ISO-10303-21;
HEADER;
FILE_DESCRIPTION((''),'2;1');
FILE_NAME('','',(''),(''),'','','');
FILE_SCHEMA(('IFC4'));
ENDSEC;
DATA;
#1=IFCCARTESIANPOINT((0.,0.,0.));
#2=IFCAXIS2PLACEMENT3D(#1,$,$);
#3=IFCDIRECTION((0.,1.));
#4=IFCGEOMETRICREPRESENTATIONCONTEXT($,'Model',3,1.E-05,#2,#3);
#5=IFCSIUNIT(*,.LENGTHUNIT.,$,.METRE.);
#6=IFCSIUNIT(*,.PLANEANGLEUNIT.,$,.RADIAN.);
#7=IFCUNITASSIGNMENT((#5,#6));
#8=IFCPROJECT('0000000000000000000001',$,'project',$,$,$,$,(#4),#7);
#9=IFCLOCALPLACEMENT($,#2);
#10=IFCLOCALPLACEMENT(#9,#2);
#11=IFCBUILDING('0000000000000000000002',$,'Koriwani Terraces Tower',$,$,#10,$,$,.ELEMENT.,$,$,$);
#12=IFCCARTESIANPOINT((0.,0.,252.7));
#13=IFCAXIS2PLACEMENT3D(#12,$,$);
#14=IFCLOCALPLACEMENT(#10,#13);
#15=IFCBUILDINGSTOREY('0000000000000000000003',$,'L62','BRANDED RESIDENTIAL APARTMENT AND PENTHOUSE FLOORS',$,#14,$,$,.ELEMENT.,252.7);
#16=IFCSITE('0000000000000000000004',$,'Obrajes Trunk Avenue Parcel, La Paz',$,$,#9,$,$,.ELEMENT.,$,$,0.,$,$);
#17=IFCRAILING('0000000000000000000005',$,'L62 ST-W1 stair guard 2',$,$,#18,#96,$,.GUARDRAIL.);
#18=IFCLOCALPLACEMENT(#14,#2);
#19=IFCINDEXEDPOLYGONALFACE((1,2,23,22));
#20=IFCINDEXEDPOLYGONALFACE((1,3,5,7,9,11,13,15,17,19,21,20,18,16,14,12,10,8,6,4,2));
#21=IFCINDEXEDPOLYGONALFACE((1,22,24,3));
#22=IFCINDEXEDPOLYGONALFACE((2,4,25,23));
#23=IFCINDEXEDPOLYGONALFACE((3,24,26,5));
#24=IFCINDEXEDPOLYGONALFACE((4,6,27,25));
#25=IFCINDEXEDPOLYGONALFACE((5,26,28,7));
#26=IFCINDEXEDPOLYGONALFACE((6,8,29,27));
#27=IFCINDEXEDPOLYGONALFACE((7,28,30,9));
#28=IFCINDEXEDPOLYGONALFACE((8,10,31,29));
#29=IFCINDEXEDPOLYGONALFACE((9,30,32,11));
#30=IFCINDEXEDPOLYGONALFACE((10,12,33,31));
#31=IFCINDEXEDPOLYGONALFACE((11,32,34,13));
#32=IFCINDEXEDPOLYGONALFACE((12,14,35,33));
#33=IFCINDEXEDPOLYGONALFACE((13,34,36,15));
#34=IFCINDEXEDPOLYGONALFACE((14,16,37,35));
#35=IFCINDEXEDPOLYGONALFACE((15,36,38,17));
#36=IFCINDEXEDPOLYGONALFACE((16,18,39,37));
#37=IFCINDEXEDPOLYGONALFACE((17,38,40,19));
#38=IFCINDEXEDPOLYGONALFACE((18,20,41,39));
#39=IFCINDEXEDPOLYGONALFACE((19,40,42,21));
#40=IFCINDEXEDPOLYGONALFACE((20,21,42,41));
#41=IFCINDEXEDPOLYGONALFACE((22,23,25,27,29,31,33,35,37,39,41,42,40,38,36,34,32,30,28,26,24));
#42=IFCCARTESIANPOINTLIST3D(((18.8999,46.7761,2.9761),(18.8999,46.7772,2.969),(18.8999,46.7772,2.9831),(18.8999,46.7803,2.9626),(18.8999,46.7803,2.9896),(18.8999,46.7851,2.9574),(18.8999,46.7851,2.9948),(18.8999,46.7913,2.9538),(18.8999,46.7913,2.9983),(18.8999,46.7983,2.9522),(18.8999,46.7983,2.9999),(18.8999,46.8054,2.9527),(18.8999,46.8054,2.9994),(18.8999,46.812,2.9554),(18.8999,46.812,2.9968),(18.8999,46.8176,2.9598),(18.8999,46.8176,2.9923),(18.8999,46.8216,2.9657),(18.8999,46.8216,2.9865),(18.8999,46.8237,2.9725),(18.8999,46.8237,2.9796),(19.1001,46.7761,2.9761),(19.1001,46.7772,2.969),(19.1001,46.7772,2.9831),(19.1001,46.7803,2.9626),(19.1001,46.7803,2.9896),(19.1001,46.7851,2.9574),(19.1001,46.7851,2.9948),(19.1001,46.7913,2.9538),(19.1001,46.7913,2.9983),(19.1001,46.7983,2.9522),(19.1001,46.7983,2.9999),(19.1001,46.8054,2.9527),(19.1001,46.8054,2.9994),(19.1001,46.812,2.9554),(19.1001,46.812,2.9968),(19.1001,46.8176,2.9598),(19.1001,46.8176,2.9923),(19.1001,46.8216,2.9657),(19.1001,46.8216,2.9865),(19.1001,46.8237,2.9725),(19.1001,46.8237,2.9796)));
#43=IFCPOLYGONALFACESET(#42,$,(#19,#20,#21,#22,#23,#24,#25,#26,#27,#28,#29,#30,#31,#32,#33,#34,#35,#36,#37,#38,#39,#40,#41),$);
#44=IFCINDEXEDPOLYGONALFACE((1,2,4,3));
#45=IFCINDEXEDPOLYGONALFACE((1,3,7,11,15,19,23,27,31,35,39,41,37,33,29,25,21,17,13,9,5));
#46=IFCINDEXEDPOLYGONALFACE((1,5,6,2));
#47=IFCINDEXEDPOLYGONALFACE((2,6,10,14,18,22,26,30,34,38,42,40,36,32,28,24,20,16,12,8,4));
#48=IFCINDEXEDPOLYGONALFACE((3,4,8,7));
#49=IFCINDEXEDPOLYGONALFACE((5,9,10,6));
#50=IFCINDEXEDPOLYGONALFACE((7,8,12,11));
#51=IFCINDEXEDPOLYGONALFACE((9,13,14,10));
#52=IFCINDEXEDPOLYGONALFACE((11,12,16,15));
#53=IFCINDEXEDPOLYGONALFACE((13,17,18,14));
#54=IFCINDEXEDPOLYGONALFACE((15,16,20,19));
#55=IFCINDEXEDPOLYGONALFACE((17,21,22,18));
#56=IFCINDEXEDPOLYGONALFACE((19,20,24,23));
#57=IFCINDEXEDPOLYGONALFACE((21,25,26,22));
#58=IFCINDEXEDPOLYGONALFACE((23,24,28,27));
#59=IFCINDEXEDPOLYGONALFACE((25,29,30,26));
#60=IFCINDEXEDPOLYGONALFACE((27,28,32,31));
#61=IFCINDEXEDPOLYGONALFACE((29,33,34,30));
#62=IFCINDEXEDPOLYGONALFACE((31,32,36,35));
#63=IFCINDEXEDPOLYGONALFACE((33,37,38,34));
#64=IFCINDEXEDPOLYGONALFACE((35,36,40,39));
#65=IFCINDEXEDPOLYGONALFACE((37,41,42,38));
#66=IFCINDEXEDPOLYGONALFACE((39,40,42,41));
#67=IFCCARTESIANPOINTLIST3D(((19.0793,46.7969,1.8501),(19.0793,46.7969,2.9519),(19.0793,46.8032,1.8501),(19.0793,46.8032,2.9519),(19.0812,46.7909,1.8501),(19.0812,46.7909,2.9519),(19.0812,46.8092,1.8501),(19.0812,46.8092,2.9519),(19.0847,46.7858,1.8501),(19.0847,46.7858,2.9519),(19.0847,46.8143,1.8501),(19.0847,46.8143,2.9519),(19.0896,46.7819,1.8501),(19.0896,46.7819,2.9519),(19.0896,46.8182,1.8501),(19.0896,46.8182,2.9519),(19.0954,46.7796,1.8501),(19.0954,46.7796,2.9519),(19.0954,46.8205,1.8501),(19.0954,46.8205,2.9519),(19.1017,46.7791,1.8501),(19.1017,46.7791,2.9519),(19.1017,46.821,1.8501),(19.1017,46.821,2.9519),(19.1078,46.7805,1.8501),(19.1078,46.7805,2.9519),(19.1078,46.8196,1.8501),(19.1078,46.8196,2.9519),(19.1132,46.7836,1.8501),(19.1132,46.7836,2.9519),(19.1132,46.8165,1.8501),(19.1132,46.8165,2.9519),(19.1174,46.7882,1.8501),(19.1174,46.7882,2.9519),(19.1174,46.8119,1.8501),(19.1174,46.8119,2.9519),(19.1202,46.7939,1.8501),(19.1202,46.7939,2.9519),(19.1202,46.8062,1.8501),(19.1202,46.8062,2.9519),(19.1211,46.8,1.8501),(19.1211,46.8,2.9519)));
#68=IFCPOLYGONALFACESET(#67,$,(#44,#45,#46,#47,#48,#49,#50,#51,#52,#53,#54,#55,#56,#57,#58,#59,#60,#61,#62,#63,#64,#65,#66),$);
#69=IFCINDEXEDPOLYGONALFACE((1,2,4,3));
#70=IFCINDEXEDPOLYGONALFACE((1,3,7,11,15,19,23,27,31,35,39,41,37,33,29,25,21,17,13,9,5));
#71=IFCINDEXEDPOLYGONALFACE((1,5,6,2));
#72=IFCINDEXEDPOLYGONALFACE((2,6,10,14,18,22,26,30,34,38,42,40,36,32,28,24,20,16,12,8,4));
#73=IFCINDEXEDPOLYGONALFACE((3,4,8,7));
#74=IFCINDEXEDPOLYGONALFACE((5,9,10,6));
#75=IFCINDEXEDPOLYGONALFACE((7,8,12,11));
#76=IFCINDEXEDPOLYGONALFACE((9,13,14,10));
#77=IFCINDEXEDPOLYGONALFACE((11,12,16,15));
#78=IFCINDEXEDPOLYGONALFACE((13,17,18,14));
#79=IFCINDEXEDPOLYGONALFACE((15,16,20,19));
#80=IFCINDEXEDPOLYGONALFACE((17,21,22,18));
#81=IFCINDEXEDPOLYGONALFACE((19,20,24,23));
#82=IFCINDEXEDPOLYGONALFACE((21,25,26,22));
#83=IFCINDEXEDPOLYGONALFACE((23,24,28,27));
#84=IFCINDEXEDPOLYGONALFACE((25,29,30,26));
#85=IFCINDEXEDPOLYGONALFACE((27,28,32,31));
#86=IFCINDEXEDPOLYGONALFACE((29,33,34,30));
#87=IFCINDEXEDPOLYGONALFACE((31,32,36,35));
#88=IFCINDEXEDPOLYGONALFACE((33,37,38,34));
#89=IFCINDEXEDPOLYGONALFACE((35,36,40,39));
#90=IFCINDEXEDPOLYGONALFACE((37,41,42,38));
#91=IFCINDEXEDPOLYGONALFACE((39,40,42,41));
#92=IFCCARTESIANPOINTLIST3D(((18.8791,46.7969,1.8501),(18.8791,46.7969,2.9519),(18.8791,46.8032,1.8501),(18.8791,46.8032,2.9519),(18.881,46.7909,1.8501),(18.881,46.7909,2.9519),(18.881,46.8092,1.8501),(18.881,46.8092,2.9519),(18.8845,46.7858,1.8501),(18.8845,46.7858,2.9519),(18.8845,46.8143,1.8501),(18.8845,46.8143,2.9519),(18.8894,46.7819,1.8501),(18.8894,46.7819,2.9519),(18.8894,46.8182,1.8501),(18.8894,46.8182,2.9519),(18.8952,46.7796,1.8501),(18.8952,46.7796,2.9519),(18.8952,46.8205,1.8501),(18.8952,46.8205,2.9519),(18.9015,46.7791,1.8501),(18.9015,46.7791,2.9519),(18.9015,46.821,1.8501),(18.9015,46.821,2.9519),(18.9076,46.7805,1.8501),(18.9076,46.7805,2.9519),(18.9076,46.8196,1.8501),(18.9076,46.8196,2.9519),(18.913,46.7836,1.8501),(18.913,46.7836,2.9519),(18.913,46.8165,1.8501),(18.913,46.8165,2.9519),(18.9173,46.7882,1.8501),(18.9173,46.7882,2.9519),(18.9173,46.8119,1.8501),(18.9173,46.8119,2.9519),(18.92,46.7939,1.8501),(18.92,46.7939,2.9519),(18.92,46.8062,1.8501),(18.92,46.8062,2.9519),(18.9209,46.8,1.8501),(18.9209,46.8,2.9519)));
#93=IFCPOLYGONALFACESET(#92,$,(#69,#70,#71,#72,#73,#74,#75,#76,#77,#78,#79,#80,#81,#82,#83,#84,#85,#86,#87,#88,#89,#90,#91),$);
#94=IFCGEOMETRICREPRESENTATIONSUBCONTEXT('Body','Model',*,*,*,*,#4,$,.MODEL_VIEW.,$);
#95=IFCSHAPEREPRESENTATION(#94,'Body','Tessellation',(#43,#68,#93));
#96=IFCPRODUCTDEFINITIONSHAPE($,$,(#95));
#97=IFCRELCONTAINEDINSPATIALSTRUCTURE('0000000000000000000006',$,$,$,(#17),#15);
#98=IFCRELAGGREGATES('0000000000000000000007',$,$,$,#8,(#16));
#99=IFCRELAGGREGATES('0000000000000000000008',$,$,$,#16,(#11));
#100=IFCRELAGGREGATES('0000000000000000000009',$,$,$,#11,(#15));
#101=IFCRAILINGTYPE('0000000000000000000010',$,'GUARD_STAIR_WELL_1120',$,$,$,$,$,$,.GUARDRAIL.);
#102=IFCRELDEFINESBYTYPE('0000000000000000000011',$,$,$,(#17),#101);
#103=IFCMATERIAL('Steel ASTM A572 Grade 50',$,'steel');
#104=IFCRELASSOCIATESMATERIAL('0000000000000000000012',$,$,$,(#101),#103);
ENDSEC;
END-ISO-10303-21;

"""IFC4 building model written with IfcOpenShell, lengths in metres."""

from ifc_helpers import new_model, si_unit, direction, frame, origin, origin_2d, place, context, subcontext, project, spatial, circle, extrude, material, type_object, element, save


model = new_model("IFC4")

# Units and contexts
model_context = context("Model", 3, precision=1e-05, world=origin(), true_north=direction((0.0, 1.0)))
body_context = subcontext(model_context, "Body", "Model", "MODEL_VIEW")
ifc_project = project(units=[si_unit("LENGTHUNIT", "METRE"), si_unit("PLANEANGLEUNIT", "RADIAN")], contexts=[model_context])

# Site, building, storey
site_placement = place(None, origin())
site = spatial("IfcSite", under=ifc_project, at=site_placement, Name="Obrajes Trunk Avenue Parcel, La Paz", CompositionType="ELEMENT", RefElevation=0.0)
building_placement = place(site_placement, origin())
building = spatial("IfcBuilding", under=site, at=building_placement, Name="Koriwani Terraces Tower", CompositionType="ELEMENT")
storey_placement = place(building_placement, frame((0.0, 0.0, 252.7)))
storey = spatial("IfcBuildingStorey", under=building, at=storey_placement, Name="L62", Description="BRANDED RESIDENTIAL APARTMENT AND PENTHOUSE FLOORS", CompositionType="ELEMENT", Elevation=252.7)

# Shared definitions
ifc_material_1 = material(Name="Steel ASTM A572 Grade 50", Category="steel")

# Railing
railing_type_1 = type_object("IfcRailingType", Name="GUARD_STAIR_WELL_1120", PredefinedType="GUARDRAIL", material=ifc_material_1)
railing_1_placement = place(storey_placement, frame((19.1001, 46.8, 1.8501)))
element("IfcRailing", 1, at=railing_1_placement, inside=storey, type_object=railing_type_1, Name="L62 ST-W1 stair guard 2", PredefinedType="GUARDRAIL", context=body_context, shape_type="SweptSolid", body=[
    extrude(circle(Radius=0.0239, at=origin_2d()), frame((0.0, 0.0, 1.126), z_axis=(-1.0, 0.0, 0.0), x_axis=(0.0, -1.0, 0.0)), (0.0, 0.0, 1.0), 0.2002),
    extrude(circle(Radius=0.021, at=origin_2d()), origin(), (0.0, 0.0, 1.0), 1.1018),
    extrude(circle(Radius=0.021, at=origin_2d()), frame((-0.2002, 0.0, 0.0)), (0.0, 0.0, 1.0), 1.1018),
])

save(model, "model.ifc")
